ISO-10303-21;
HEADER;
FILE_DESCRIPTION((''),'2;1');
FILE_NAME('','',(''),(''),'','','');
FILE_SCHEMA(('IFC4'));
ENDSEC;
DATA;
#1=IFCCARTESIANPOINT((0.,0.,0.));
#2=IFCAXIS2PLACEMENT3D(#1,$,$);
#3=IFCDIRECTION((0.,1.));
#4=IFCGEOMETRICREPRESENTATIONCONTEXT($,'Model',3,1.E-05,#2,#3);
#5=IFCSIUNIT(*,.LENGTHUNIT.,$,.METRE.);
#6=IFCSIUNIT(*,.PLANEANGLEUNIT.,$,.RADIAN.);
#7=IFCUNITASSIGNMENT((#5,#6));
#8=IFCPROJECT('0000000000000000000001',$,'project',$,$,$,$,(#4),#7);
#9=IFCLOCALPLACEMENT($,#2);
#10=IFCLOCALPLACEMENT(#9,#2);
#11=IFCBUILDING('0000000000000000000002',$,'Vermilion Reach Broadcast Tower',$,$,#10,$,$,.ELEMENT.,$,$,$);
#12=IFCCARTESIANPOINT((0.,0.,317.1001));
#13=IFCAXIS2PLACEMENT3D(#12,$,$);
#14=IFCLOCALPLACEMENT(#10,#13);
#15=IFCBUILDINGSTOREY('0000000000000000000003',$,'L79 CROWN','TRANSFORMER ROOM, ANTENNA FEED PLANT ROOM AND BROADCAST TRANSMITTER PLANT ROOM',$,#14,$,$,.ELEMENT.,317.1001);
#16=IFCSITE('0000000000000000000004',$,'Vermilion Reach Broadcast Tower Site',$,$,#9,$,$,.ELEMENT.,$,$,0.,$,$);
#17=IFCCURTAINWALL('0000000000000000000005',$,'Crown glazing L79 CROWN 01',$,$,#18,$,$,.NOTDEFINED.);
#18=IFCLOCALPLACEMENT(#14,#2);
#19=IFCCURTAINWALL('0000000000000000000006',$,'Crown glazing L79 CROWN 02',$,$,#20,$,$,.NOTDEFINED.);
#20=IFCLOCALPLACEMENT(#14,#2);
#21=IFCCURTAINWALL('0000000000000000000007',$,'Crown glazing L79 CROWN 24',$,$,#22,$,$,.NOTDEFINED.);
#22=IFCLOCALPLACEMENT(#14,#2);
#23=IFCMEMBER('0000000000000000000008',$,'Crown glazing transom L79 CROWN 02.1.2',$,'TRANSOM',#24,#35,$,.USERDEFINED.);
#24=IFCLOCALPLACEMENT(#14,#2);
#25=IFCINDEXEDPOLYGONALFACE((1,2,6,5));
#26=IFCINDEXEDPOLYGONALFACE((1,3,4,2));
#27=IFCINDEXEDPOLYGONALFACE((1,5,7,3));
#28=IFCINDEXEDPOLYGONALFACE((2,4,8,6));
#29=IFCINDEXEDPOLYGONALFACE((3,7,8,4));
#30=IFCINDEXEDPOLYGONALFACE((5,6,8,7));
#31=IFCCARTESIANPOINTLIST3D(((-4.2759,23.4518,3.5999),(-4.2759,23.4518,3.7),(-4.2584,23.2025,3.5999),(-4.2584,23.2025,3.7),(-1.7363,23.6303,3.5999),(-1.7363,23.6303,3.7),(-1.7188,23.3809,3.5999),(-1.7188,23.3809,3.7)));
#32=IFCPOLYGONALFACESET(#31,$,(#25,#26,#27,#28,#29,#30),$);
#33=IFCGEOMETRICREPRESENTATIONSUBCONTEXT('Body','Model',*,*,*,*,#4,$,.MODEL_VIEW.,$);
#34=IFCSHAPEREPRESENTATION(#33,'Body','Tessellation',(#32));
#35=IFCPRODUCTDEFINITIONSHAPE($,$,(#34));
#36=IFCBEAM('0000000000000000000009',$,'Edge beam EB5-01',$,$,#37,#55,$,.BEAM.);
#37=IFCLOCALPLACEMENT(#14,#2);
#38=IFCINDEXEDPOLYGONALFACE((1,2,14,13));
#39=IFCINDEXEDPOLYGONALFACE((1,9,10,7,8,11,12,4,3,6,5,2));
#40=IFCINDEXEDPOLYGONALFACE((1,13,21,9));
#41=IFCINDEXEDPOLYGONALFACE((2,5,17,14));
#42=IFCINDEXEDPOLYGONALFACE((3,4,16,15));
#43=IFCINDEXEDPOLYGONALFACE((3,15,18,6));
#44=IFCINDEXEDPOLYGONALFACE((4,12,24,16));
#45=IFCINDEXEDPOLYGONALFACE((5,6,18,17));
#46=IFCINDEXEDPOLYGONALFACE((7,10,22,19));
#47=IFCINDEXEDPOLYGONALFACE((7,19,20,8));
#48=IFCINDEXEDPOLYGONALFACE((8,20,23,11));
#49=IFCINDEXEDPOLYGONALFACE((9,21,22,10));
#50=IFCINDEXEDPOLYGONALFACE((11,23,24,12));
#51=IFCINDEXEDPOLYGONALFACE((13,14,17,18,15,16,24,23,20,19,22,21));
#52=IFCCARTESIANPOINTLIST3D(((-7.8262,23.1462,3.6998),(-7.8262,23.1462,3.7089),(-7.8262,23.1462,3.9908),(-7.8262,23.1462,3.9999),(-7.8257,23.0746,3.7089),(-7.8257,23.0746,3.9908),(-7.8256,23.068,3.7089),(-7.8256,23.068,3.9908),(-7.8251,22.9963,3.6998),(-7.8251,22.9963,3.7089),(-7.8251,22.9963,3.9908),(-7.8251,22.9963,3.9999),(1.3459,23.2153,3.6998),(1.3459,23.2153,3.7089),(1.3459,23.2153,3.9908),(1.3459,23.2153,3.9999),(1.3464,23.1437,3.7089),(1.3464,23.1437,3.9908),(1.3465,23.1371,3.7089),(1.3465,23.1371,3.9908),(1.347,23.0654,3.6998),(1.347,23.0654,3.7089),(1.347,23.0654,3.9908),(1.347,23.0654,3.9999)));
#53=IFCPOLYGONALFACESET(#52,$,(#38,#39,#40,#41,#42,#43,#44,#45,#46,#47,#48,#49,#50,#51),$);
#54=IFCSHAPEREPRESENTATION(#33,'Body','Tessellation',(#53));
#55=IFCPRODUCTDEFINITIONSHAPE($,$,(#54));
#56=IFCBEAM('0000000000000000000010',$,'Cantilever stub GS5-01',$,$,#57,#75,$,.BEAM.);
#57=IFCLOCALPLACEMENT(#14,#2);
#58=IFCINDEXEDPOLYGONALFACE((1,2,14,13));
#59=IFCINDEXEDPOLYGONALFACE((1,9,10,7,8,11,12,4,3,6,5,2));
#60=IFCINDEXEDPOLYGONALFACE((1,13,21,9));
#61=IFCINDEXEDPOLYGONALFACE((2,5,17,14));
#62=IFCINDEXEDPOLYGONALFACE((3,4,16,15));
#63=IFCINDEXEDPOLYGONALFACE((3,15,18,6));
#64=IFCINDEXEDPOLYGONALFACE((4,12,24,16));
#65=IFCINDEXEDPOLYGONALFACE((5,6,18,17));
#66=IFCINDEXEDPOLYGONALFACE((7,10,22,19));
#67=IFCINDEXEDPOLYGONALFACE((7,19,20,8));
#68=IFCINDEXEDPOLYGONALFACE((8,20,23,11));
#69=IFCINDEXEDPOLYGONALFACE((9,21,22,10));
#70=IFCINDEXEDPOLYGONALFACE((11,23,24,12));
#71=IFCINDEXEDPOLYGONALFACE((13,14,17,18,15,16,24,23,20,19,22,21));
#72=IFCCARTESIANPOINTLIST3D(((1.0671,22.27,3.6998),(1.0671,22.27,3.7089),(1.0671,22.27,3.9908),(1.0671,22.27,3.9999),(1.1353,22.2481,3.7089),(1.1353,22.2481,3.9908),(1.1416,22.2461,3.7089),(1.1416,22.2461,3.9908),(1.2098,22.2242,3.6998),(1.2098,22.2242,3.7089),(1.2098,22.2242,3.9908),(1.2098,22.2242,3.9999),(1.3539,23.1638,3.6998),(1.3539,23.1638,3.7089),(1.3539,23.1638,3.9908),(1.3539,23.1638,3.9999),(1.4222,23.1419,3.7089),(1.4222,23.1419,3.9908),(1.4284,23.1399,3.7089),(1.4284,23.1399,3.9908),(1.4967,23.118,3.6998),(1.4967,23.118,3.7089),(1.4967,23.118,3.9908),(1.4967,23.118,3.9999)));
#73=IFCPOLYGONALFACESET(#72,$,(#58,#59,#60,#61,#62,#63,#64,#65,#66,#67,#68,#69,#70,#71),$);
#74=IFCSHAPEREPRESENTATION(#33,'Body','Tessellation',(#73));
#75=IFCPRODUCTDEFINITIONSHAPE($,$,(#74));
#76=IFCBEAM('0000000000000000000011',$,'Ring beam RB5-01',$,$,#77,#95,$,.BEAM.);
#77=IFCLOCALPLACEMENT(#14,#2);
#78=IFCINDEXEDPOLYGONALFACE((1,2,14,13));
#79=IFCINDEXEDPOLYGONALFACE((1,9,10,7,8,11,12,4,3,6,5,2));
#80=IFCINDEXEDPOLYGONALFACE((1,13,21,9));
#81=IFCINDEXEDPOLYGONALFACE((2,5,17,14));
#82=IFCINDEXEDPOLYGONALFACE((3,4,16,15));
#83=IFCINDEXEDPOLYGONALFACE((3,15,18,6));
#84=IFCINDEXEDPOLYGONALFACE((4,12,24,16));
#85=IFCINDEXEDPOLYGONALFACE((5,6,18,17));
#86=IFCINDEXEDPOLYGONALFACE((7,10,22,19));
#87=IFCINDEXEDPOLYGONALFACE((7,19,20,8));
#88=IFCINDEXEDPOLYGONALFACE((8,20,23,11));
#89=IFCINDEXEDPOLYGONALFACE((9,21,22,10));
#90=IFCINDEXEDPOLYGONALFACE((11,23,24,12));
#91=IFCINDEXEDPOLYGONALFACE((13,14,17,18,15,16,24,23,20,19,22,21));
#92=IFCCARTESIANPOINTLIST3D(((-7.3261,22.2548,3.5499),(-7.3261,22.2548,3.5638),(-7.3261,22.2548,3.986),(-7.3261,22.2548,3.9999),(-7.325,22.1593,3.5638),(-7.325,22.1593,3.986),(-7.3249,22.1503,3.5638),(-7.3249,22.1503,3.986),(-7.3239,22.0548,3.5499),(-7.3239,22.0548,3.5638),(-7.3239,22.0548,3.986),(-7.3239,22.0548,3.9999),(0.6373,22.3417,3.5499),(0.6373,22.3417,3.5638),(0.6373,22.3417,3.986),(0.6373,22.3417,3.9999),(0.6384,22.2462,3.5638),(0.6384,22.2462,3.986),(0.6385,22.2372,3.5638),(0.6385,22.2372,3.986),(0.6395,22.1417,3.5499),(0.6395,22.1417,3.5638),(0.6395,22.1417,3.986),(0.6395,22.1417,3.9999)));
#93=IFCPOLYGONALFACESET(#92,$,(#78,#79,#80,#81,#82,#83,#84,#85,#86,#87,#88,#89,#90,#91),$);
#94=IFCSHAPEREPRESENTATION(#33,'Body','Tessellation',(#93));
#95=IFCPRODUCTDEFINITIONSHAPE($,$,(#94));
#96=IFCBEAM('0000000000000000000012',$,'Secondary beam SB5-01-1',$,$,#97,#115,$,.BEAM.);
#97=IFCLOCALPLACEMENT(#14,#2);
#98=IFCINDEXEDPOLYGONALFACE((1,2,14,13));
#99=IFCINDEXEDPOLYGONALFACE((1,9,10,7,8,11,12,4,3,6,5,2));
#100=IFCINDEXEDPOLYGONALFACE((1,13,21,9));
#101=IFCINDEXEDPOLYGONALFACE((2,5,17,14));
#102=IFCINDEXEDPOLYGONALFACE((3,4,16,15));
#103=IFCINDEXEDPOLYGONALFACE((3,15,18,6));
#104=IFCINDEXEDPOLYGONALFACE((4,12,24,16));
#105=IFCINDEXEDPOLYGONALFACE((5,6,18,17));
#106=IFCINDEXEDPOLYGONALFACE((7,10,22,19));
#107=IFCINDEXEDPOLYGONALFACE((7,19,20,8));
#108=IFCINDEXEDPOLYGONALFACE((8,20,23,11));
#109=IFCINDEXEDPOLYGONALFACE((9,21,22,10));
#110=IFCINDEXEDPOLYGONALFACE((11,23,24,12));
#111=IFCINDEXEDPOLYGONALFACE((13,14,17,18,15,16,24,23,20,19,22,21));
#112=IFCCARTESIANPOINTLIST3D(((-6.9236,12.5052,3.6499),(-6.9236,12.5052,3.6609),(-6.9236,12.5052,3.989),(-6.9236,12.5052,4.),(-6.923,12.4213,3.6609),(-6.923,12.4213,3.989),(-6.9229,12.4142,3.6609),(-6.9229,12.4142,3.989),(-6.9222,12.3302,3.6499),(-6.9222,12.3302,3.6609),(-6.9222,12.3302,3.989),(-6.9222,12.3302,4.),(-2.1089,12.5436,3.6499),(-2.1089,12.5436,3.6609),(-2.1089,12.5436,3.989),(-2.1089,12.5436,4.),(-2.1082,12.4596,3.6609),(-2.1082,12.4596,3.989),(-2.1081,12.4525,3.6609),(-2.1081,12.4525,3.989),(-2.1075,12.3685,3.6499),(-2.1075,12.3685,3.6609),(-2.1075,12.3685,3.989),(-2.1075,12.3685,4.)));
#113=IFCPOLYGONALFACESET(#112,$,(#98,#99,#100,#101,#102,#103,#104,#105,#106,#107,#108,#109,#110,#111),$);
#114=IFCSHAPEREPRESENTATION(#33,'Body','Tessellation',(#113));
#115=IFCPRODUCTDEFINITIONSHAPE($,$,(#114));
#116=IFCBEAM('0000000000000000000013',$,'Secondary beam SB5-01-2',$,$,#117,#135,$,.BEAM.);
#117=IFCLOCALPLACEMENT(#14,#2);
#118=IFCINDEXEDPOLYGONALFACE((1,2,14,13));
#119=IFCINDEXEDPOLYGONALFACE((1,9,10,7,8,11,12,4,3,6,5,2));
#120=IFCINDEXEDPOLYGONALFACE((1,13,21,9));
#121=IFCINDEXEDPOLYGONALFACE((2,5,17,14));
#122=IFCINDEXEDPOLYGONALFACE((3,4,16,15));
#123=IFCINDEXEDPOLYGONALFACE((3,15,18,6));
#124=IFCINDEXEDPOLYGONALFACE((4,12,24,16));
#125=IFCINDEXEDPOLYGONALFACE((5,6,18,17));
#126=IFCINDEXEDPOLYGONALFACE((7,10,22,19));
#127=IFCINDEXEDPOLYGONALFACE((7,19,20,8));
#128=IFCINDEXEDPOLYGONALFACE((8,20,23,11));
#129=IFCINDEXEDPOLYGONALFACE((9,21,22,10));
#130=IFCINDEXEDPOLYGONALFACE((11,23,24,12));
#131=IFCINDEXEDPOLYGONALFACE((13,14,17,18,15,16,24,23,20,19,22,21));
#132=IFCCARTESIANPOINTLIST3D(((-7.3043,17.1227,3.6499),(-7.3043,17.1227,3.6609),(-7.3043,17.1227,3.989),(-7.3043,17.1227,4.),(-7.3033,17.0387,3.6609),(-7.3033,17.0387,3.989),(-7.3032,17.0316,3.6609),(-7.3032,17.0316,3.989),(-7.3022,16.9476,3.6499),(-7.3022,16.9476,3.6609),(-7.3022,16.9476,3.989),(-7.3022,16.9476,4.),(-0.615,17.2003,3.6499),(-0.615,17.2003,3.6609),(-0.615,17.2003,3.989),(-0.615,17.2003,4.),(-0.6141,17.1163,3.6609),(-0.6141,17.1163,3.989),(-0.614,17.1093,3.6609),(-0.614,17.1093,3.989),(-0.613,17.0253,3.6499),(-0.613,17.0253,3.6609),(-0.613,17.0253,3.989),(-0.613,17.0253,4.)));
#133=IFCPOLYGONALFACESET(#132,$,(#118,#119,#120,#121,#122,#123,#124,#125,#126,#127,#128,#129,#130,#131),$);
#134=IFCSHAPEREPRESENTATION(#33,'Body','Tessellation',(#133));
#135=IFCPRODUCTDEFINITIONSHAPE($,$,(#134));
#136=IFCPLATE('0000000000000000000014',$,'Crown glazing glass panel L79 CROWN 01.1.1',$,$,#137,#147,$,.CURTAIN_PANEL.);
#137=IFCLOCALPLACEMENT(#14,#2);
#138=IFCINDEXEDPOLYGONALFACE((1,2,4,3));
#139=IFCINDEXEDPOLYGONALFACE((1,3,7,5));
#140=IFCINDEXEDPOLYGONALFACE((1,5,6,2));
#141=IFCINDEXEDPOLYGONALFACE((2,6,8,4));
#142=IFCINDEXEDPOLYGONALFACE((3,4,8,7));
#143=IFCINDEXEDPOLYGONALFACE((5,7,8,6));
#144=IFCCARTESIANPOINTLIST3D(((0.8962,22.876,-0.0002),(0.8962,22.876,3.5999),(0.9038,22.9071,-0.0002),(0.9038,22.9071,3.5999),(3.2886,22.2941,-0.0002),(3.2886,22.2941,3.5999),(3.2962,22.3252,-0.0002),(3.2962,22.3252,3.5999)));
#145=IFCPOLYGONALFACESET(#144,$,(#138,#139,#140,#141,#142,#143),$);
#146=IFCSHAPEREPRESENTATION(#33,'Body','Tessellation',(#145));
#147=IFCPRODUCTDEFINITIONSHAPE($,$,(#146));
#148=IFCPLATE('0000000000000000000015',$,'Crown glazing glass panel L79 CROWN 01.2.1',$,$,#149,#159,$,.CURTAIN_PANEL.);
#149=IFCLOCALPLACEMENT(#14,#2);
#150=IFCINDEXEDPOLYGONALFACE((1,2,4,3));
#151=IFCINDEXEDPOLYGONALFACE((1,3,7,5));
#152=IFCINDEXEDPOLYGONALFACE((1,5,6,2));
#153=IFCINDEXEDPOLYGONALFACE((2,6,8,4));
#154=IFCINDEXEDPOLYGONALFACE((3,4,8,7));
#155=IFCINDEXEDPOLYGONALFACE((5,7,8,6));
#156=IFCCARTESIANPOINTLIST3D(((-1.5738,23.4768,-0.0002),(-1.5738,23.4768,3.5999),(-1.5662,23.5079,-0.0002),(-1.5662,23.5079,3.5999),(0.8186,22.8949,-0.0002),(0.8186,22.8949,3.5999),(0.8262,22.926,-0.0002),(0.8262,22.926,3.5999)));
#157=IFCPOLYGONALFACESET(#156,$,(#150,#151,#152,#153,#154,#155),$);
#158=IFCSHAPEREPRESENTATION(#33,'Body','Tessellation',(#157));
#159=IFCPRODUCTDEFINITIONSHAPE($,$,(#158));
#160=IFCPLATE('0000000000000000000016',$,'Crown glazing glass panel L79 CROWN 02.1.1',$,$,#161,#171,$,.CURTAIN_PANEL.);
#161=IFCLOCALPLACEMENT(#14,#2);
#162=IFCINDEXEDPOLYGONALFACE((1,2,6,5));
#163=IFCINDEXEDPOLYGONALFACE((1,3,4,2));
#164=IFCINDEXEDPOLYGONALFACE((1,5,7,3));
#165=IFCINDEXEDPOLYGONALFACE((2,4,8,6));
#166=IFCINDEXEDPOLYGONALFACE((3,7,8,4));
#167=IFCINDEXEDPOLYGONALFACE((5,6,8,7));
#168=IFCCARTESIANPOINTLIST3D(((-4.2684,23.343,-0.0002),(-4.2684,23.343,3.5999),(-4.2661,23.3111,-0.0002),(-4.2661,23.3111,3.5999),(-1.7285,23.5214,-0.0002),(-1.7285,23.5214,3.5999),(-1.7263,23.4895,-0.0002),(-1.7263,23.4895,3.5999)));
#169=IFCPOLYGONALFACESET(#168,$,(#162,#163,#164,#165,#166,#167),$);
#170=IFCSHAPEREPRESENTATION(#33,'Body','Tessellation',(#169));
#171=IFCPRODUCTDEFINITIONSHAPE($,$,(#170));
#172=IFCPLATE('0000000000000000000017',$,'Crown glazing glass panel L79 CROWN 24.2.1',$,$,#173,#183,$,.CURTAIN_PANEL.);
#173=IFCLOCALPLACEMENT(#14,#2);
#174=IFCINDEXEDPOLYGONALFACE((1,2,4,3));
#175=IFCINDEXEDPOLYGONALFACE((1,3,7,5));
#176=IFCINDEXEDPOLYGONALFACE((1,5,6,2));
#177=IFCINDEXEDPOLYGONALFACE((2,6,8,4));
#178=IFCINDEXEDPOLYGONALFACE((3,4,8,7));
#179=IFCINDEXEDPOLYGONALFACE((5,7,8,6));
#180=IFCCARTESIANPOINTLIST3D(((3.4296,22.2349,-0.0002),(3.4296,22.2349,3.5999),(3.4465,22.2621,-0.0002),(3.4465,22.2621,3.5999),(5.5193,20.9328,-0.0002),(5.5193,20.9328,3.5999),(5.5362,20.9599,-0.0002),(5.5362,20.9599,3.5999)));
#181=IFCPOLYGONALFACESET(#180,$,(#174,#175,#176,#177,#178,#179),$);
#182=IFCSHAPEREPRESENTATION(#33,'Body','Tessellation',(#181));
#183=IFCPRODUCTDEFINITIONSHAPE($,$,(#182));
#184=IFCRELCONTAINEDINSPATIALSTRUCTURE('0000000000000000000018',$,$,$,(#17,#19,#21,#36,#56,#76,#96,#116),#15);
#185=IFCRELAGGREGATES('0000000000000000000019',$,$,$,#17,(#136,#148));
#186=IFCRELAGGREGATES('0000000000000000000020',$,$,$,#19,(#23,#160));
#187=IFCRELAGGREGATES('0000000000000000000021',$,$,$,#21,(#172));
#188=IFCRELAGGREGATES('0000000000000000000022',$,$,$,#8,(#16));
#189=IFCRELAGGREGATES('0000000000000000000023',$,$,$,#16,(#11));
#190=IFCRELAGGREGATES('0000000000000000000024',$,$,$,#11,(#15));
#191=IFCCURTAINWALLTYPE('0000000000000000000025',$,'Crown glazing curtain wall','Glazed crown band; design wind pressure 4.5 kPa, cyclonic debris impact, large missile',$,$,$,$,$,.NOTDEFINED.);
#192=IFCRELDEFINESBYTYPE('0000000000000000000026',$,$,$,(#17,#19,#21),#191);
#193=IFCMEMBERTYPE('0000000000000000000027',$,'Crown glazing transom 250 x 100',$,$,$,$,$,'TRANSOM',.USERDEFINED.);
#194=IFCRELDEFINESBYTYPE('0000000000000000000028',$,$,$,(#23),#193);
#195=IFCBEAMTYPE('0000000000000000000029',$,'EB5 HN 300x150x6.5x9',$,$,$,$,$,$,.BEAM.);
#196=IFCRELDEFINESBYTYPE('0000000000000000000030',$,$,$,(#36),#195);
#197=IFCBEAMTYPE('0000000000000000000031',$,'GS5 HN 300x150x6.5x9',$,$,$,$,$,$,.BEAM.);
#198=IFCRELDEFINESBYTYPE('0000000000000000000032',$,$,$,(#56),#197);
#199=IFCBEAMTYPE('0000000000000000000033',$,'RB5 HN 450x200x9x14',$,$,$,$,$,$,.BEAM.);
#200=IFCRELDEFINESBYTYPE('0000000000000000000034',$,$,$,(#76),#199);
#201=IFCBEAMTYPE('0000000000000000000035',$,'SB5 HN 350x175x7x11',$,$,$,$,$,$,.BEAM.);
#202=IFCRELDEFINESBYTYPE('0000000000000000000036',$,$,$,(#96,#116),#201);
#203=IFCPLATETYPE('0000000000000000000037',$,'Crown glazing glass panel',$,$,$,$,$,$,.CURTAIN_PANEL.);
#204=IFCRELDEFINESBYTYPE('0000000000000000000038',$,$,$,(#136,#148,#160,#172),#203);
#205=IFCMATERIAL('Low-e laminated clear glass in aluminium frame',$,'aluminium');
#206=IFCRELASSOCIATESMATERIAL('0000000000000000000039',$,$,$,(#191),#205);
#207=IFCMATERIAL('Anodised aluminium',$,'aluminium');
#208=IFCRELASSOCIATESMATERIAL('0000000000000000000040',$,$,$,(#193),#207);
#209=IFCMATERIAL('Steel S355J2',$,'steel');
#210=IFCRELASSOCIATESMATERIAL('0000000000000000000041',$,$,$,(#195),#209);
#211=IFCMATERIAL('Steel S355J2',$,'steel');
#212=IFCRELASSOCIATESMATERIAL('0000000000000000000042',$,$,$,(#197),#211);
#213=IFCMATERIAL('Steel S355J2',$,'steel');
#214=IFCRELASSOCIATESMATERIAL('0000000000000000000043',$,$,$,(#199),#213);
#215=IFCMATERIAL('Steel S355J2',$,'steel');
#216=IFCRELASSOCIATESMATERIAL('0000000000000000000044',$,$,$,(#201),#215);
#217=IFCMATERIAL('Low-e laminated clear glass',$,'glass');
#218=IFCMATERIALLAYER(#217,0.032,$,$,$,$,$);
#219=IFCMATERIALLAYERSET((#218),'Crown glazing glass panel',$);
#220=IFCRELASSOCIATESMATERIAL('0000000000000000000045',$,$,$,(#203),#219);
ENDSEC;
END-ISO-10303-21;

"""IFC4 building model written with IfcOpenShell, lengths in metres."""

from ifc_helpers import new_model, si_unit, direction, frame, origin, origin_2d, place, context, subcontext, project, spatial, rectangle, i_section, extrude, material, layer, layer_set, material_profile, profile_set, type_object, element, aggregate, save


model = new_model("IFC4")

# Units and contexts
model_context = context("Model", 3, precision=1e-05, world=origin(), true_north=direction((0.0, 1.0)))
body_context = subcontext(model_context, "Body", "Model", "MODEL_VIEW")
ifc_project = project(units=[si_unit("LENGTHUNIT", "METRE"), si_unit("PLANEANGLEUNIT", "RADIAN")], contexts=[model_context])

# Site, building, storey
site_placement = place(None, origin())
site = spatial("IfcSite", under=ifc_project, at=site_placement, Name="Vermilion Reach Broadcast Tower Site", CompositionType="ELEMENT", RefElevation=0.0)
building_placement = place(site_placement, origin())
building = spatial("IfcBuilding", under=site, at=building_placement, Name="Vermilion Reach Broadcast Tower", CompositionType="ELEMENT")
storey_placement = place(building_placement, frame((0.0, 0.0, 317.1001)))
storey = spatial("IfcBuildingStorey", under=building, at=storey_placement, Name="L79 CROWN", Description="TRANSFORMER ROOM, ANTENNA FEED PLANT ROOM AND BROADCAST TRANSMITTER PLANT ROOM", CompositionType="ELEMENT", Elevation=317.1001)

# Curtain walls
ifc_material_1 = material(Name="Low-e laminated clear glass in aluminium frame", Category="aluminium")
curtain_wall_type = type_object("IfcCurtainWallType", Name="Crown glazing curtain wall", Description="Glazed crown band; design wind pressure 4.5 kPa, cyclonic debris impact, large missile", PredefinedType="NOTDEFINED", material=ifc_material_1)
placement = place(storey_placement, origin())
curtain_wall_1 = element("IfcCurtainWall", 1, at=placement, inside=storey, type_object=curtain_wall_type, Name="Crown glazing L79 CROWN 01", PredefinedType="NOTDEFINED")
curtain_wall_2 = element("IfcCurtainWall", 2, at=placement, inside=storey, type_object=curtain_wall_type, Name="Crown glazing L79 CROWN 02", PredefinedType="NOTDEFINED")

# Curtain wall
curtain_wall_3 = element("IfcCurtainWall", 3, at=placement, inside=storey, type_object=curtain_wall_type, Name="Crown glazing L79 CROWN 24", PredefinedType="NOTDEFINED")

# Member
ifc_material_2 = material(Name="Anodised aluminium", Category="aluminium")
ifc_material_profile_1 = material_profile(ifc_material_2, rectangle(XDim=0.25, YDim=0.1001, at=origin_2d()), Name="Crown glazing transom 250 x 100")
ifc_profile_set_1 = profile_set([ifc_material_profile_1], Name="Anodised aluminium")
member_type_1 = type_object("IfcMemberType", Name="Crown glazing transom 250 x 100", ElementType="TRANSOM", PredefinedType="USERDEFINED", material=ifc_profile_set_1)
member_1_placement = place(storey_placement, frame((-1.7275, 23.5056, 3.6499), z_axis=(-0.99754, -0.070102, 0.0), x_axis=(0.070102, -0.99754, 0.0)))
member_1 = element("IfcMember", 4, at=member_1_placement, type_object=member_type_1, Name="Crown glazing transom L79 CROWN 02.1.2", ObjectType="TRANSOM", PredefinedType="USERDEFINED", context=body_context, shape_type="SweptSolid", body=[
    extrude(rectangle(XDim=0.25, YDim=0.1001, at=origin_2d()), origin(), (0.0, 0.0, 1.0), 2.5459),
])

# Beams
ifc_material_3 = material(Name="Steel S355J2", Category="steel")
ifc_material_profile_2 = material_profile(ifc_material_3, i_section(OverallWidth=0.1499, OverallDepth=0.3, WebThickness=0.0066, FlangeThickness=0.009, at=origin_2d()), Name="S355J2 HN 300x150x6.5x9")
ifc_profile_set_2 = profile_set([ifc_material_profile_2], Name="Steel S355J2")
beam_type_1 = type_object("IfcBeamType", Name="EB5 HN 300x150x6.5x9", PredefinedType="BEAM", material=ifc_profile_set_2)
beam_1_placement = place(storey_placement, frame((1.3464, 23.1404, 3.8499), z_axis=(-0.999972, -0.007533, 0.0), x_axis=(0.007533, -0.999972, 0.0)))
element("IfcBeam", 5, at=beam_1_placement, inside=storey, type_object=beam_type_1, Name="Edge beam EB5-01", PredefinedType="BEAM", context=body_context, shape_type="SweptSolid", body=[
    extrude(i_section(OverallWidth=0.1499, OverallDepth=0.3, WebThickness=0.0066, FlangeThickness=0.009, at=origin_2d()), origin(), (0.0, 0.0, 1.0), 9.1724),
])
ifc_material_4 = material(Name="Steel S355J2", Category="steel")
ifc_material_profile_3 = material_profile(ifc_material_4, i_section(OverallWidth=0.1499, OverallDepth=0.3, WebThickness=0.0066, FlangeThickness=0.009, at=origin_2d()), Name="S355J2 HN 300x150x6.5x9")
ifc_profile_set_3 = profile_set([ifc_material_profile_3], Name="Steel S355J2")
beam_type_2 = type_object("IfcBeamType", Name="GS5 HN 300x150x6.5x9", PredefinedType="BEAM", material=ifc_profile_set_3)
beam_2_placement = place(storey_placement, frame((1.1384, 22.2471, 3.8499), z_axis=(0.305597, 0.952161, 0.0), x_axis=(-0.952161, 0.305597, 0.0)))
element("IfcBeam", 6, at=beam_2_placement, inside=storey, type_object=beam_type_2, Name="Cantilever stub GS5-01", PredefinedType="BEAM", context=body_context, shape_type="SweptSolid", body=[
    extrude(i_section(OverallWidth=0.1499, OverallDepth=0.3, WebThickness=0.0066, FlangeThickness=0.009, at=origin_2d()), origin(), (0.0, 0.0, 1.0), 0.9387),
])
ifc_material_5 = material(Name="Steel S355J2", Category="steel")
ifc_material_profile_4 = material_profile(ifc_material_5, i_section(OverallWidth=0.2, OverallDepth=0.45, WebThickness=0.009, FlangeThickness=0.0139, at=origin_2d()), Name="S355J2 HN 450x200x9x14")
ifc_profile_set_4 = profile_set([ifc_material_profile_4], Name="Steel S355J2")
beam_type_3 = type_object("IfcBeamType", Name="RB5 HN 450x200x9x14", PredefinedType="BEAM", material=ifc_profile_set_4)
beam_3_placement = place(storey_placement, frame((0.6384, 22.2417, 3.7749), z_axis=(-0.99994, -0.010914, 0.0), x_axis=(0.010914, -0.99994, 0.0)))
element("IfcBeam", 7, at=beam_3_placement, inside=storey, type_object=beam_type_3, Name="Ring beam RB5-01", PredefinedType="BEAM", context=body_context, shape_type="SweptSolid", body=[
    extrude(i_section(OverallWidth=0.2, OverallDepth=0.45, WebThickness=0.009, FlangeThickness=0.0139, at=origin_2d()), origin(), (0.0, 0.0, 1.0), 7.9639),
])
ifc_material_6 = material(Name="Steel S355J2", Category="steel")
ifc_material_profile_5 = material_profile(ifc_material_6, i_section(OverallWidth=0.175, OverallDepth=0.3501, WebThickness=0.0071, FlangeThickness=0.011, at=origin_2d()), Name="S355J2 HN 350x175x7x11")
ifc_profile_set_5 = profile_set([ifc_material_profile_5], Name="Steel S355J2")
beam_type_4 = type_object("IfcBeamType", Name="SB5 HN 350x175x7x11", PredefinedType="BEAM", material=ifc_profile_set_5)
beam_4_placement = place(storey_placement, frame((-2.1082, 12.4561, 3.825), z_axis=(-0.999968, -0.007961, 0.0), x_axis=(0.007961, -0.999968, 0.0)))
element("IfcBeam", 8, at=beam_4_placement, inside=storey, type_object=beam_type_4, Name="Secondary beam SB5-01-1", PredefinedType="BEAM", context=body_context, shape_type="SweptSolid", body=[
    extrude(i_section(OverallWidth=0.175, OverallDepth=0.3501, WebThickness=0.0071, FlangeThickness=0.011, at=origin_2d()), origin(), (0.0, 0.0, 1.0), 4.8149),
])
beam_5_placement = place(storey_placement, frame((-0.614, 17.1128, 3.825), z_axis=(-0.999933, -0.011605, 0.0), x_axis=(0.011605, -0.999933, 0.0)))
element("IfcBeam", 9, at=beam_5_placement, inside=storey, type_object=beam_type_4, Name="Secondary beam SB5-01-2", PredefinedType="BEAM", context=body_context, shape_type="SweptSolid", body=[
    extrude(i_section(OverallWidth=0.175, OverallDepth=0.3501, WebThickness=0.0071, FlangeThickness=0.011, at=origin_2d()), origin(), (0.0, 0.0, 1.0), 6.6897),
])

# Plates
ifc_material_7 = material(Name="Low-e laminated clear glass", Category="glass")
ifc_layer_1 = layer(ifc_material_7, 0.032)
ifc_layer_set_1 = layer_set([ifc_layer_1], Name="Crown glazing glass panel")
plate_type = type_object("IfcPlateType", Name="Crown glazing glass panel", PredefinedType="CURTAIN_PANEL", material=ifc_layer_set_1)
plate_1_placement = place(storey_placement, frame((2.0962, 22.6006, -0.0002), z_axis=(0.0, 0.0, 1.0), x_axis=(-0.971667, 0.236354, 0.0)))
plate_1 = element("IfcPlate", 10, at=plate_1_placement, type_object=plate_type, Name="Crown glazing glass panel L79 CROWN 01.1.1", PredefinedType="CURTAIN_PANEL", context=body_context, shape_type="SweptSolid", body=[
    extrude(rectangle(XDim=2.4622, YDim=0.032, at=origin_2d()), origin(), (0.0, 0.0, 1.0), 3.6001),
])
plate_2_placement = place(storey_placement, frame((-0.3738, 23.2014, -0.0002), z_axis=(0.0, 0.0, 1.0), x_axis=(-0.971667, 0.236354, 0.0)))
plate_2 = element("IfcPlate", 11, at=plate_2_placement, type_object=plate_type, Name="Crown glazing glass panel L79 CROWN 01.2.1", PredefinedType="CURTAIN_PANEL", context=body_context, shape_type="SweptSolid", body=[
    extrude(rectangle(XDim=2.4622, YDim=0.032, at=origin_2d()), origin(), (0.0, 0.0, 1.0), 3.6001),
])
aggregate(curtain_wall_1, [plate_1, plate_2])
plate_3_placement = place(storey_placement, frame((-2.9973, 23.4163, -0.0002), z_axis=(0.0, 0.0, 1.0), x_axis=(-0.997541, -0.070082, 0.0)))
plate_3 = element("IfcPlate", 12, at=plate_3_placement, type_object=plate_type, Name="Crown glazing glass panel L79 CROWN 02.1.1", PredefinedType="CURTAIN_PANEL", context=body_context, shape_type="SweptSolid", body=[
    extrude(rectangle(XDim=2.5461, YDim=0.032, at=origin_2d()), origin(), (0.0, 0.0, 1.0), 3.6001),
])
aggregate(curtain_wall_2, [member_1, plate_3])
plate_4_placement = place(storey_placement, frame((4.4829, 21.5974, -0.0002), z_axis=(0.0, 0.0, 1.0), x_axis=(-0.848708, 0.528861, 0.0)))
plate_4 = element("IfcPlate", 13, at=plate_4_placement, type_object=plate_type, Name="Crown glazing glass panel L79 CROWN 24.2.1", PredefinedType="CURTAIN_PANEL", context=body_context, shape_type="SweptSolid", body=[
    extrude(rectangle(XDim=2.4622, YDim=0.032, at=origin_2d()), origin(), (0.0, 0.0, 1.0), 3.6001),
])
aggregate(curtain_wall_3, [plate_4])

save(model, "model.ifc")
